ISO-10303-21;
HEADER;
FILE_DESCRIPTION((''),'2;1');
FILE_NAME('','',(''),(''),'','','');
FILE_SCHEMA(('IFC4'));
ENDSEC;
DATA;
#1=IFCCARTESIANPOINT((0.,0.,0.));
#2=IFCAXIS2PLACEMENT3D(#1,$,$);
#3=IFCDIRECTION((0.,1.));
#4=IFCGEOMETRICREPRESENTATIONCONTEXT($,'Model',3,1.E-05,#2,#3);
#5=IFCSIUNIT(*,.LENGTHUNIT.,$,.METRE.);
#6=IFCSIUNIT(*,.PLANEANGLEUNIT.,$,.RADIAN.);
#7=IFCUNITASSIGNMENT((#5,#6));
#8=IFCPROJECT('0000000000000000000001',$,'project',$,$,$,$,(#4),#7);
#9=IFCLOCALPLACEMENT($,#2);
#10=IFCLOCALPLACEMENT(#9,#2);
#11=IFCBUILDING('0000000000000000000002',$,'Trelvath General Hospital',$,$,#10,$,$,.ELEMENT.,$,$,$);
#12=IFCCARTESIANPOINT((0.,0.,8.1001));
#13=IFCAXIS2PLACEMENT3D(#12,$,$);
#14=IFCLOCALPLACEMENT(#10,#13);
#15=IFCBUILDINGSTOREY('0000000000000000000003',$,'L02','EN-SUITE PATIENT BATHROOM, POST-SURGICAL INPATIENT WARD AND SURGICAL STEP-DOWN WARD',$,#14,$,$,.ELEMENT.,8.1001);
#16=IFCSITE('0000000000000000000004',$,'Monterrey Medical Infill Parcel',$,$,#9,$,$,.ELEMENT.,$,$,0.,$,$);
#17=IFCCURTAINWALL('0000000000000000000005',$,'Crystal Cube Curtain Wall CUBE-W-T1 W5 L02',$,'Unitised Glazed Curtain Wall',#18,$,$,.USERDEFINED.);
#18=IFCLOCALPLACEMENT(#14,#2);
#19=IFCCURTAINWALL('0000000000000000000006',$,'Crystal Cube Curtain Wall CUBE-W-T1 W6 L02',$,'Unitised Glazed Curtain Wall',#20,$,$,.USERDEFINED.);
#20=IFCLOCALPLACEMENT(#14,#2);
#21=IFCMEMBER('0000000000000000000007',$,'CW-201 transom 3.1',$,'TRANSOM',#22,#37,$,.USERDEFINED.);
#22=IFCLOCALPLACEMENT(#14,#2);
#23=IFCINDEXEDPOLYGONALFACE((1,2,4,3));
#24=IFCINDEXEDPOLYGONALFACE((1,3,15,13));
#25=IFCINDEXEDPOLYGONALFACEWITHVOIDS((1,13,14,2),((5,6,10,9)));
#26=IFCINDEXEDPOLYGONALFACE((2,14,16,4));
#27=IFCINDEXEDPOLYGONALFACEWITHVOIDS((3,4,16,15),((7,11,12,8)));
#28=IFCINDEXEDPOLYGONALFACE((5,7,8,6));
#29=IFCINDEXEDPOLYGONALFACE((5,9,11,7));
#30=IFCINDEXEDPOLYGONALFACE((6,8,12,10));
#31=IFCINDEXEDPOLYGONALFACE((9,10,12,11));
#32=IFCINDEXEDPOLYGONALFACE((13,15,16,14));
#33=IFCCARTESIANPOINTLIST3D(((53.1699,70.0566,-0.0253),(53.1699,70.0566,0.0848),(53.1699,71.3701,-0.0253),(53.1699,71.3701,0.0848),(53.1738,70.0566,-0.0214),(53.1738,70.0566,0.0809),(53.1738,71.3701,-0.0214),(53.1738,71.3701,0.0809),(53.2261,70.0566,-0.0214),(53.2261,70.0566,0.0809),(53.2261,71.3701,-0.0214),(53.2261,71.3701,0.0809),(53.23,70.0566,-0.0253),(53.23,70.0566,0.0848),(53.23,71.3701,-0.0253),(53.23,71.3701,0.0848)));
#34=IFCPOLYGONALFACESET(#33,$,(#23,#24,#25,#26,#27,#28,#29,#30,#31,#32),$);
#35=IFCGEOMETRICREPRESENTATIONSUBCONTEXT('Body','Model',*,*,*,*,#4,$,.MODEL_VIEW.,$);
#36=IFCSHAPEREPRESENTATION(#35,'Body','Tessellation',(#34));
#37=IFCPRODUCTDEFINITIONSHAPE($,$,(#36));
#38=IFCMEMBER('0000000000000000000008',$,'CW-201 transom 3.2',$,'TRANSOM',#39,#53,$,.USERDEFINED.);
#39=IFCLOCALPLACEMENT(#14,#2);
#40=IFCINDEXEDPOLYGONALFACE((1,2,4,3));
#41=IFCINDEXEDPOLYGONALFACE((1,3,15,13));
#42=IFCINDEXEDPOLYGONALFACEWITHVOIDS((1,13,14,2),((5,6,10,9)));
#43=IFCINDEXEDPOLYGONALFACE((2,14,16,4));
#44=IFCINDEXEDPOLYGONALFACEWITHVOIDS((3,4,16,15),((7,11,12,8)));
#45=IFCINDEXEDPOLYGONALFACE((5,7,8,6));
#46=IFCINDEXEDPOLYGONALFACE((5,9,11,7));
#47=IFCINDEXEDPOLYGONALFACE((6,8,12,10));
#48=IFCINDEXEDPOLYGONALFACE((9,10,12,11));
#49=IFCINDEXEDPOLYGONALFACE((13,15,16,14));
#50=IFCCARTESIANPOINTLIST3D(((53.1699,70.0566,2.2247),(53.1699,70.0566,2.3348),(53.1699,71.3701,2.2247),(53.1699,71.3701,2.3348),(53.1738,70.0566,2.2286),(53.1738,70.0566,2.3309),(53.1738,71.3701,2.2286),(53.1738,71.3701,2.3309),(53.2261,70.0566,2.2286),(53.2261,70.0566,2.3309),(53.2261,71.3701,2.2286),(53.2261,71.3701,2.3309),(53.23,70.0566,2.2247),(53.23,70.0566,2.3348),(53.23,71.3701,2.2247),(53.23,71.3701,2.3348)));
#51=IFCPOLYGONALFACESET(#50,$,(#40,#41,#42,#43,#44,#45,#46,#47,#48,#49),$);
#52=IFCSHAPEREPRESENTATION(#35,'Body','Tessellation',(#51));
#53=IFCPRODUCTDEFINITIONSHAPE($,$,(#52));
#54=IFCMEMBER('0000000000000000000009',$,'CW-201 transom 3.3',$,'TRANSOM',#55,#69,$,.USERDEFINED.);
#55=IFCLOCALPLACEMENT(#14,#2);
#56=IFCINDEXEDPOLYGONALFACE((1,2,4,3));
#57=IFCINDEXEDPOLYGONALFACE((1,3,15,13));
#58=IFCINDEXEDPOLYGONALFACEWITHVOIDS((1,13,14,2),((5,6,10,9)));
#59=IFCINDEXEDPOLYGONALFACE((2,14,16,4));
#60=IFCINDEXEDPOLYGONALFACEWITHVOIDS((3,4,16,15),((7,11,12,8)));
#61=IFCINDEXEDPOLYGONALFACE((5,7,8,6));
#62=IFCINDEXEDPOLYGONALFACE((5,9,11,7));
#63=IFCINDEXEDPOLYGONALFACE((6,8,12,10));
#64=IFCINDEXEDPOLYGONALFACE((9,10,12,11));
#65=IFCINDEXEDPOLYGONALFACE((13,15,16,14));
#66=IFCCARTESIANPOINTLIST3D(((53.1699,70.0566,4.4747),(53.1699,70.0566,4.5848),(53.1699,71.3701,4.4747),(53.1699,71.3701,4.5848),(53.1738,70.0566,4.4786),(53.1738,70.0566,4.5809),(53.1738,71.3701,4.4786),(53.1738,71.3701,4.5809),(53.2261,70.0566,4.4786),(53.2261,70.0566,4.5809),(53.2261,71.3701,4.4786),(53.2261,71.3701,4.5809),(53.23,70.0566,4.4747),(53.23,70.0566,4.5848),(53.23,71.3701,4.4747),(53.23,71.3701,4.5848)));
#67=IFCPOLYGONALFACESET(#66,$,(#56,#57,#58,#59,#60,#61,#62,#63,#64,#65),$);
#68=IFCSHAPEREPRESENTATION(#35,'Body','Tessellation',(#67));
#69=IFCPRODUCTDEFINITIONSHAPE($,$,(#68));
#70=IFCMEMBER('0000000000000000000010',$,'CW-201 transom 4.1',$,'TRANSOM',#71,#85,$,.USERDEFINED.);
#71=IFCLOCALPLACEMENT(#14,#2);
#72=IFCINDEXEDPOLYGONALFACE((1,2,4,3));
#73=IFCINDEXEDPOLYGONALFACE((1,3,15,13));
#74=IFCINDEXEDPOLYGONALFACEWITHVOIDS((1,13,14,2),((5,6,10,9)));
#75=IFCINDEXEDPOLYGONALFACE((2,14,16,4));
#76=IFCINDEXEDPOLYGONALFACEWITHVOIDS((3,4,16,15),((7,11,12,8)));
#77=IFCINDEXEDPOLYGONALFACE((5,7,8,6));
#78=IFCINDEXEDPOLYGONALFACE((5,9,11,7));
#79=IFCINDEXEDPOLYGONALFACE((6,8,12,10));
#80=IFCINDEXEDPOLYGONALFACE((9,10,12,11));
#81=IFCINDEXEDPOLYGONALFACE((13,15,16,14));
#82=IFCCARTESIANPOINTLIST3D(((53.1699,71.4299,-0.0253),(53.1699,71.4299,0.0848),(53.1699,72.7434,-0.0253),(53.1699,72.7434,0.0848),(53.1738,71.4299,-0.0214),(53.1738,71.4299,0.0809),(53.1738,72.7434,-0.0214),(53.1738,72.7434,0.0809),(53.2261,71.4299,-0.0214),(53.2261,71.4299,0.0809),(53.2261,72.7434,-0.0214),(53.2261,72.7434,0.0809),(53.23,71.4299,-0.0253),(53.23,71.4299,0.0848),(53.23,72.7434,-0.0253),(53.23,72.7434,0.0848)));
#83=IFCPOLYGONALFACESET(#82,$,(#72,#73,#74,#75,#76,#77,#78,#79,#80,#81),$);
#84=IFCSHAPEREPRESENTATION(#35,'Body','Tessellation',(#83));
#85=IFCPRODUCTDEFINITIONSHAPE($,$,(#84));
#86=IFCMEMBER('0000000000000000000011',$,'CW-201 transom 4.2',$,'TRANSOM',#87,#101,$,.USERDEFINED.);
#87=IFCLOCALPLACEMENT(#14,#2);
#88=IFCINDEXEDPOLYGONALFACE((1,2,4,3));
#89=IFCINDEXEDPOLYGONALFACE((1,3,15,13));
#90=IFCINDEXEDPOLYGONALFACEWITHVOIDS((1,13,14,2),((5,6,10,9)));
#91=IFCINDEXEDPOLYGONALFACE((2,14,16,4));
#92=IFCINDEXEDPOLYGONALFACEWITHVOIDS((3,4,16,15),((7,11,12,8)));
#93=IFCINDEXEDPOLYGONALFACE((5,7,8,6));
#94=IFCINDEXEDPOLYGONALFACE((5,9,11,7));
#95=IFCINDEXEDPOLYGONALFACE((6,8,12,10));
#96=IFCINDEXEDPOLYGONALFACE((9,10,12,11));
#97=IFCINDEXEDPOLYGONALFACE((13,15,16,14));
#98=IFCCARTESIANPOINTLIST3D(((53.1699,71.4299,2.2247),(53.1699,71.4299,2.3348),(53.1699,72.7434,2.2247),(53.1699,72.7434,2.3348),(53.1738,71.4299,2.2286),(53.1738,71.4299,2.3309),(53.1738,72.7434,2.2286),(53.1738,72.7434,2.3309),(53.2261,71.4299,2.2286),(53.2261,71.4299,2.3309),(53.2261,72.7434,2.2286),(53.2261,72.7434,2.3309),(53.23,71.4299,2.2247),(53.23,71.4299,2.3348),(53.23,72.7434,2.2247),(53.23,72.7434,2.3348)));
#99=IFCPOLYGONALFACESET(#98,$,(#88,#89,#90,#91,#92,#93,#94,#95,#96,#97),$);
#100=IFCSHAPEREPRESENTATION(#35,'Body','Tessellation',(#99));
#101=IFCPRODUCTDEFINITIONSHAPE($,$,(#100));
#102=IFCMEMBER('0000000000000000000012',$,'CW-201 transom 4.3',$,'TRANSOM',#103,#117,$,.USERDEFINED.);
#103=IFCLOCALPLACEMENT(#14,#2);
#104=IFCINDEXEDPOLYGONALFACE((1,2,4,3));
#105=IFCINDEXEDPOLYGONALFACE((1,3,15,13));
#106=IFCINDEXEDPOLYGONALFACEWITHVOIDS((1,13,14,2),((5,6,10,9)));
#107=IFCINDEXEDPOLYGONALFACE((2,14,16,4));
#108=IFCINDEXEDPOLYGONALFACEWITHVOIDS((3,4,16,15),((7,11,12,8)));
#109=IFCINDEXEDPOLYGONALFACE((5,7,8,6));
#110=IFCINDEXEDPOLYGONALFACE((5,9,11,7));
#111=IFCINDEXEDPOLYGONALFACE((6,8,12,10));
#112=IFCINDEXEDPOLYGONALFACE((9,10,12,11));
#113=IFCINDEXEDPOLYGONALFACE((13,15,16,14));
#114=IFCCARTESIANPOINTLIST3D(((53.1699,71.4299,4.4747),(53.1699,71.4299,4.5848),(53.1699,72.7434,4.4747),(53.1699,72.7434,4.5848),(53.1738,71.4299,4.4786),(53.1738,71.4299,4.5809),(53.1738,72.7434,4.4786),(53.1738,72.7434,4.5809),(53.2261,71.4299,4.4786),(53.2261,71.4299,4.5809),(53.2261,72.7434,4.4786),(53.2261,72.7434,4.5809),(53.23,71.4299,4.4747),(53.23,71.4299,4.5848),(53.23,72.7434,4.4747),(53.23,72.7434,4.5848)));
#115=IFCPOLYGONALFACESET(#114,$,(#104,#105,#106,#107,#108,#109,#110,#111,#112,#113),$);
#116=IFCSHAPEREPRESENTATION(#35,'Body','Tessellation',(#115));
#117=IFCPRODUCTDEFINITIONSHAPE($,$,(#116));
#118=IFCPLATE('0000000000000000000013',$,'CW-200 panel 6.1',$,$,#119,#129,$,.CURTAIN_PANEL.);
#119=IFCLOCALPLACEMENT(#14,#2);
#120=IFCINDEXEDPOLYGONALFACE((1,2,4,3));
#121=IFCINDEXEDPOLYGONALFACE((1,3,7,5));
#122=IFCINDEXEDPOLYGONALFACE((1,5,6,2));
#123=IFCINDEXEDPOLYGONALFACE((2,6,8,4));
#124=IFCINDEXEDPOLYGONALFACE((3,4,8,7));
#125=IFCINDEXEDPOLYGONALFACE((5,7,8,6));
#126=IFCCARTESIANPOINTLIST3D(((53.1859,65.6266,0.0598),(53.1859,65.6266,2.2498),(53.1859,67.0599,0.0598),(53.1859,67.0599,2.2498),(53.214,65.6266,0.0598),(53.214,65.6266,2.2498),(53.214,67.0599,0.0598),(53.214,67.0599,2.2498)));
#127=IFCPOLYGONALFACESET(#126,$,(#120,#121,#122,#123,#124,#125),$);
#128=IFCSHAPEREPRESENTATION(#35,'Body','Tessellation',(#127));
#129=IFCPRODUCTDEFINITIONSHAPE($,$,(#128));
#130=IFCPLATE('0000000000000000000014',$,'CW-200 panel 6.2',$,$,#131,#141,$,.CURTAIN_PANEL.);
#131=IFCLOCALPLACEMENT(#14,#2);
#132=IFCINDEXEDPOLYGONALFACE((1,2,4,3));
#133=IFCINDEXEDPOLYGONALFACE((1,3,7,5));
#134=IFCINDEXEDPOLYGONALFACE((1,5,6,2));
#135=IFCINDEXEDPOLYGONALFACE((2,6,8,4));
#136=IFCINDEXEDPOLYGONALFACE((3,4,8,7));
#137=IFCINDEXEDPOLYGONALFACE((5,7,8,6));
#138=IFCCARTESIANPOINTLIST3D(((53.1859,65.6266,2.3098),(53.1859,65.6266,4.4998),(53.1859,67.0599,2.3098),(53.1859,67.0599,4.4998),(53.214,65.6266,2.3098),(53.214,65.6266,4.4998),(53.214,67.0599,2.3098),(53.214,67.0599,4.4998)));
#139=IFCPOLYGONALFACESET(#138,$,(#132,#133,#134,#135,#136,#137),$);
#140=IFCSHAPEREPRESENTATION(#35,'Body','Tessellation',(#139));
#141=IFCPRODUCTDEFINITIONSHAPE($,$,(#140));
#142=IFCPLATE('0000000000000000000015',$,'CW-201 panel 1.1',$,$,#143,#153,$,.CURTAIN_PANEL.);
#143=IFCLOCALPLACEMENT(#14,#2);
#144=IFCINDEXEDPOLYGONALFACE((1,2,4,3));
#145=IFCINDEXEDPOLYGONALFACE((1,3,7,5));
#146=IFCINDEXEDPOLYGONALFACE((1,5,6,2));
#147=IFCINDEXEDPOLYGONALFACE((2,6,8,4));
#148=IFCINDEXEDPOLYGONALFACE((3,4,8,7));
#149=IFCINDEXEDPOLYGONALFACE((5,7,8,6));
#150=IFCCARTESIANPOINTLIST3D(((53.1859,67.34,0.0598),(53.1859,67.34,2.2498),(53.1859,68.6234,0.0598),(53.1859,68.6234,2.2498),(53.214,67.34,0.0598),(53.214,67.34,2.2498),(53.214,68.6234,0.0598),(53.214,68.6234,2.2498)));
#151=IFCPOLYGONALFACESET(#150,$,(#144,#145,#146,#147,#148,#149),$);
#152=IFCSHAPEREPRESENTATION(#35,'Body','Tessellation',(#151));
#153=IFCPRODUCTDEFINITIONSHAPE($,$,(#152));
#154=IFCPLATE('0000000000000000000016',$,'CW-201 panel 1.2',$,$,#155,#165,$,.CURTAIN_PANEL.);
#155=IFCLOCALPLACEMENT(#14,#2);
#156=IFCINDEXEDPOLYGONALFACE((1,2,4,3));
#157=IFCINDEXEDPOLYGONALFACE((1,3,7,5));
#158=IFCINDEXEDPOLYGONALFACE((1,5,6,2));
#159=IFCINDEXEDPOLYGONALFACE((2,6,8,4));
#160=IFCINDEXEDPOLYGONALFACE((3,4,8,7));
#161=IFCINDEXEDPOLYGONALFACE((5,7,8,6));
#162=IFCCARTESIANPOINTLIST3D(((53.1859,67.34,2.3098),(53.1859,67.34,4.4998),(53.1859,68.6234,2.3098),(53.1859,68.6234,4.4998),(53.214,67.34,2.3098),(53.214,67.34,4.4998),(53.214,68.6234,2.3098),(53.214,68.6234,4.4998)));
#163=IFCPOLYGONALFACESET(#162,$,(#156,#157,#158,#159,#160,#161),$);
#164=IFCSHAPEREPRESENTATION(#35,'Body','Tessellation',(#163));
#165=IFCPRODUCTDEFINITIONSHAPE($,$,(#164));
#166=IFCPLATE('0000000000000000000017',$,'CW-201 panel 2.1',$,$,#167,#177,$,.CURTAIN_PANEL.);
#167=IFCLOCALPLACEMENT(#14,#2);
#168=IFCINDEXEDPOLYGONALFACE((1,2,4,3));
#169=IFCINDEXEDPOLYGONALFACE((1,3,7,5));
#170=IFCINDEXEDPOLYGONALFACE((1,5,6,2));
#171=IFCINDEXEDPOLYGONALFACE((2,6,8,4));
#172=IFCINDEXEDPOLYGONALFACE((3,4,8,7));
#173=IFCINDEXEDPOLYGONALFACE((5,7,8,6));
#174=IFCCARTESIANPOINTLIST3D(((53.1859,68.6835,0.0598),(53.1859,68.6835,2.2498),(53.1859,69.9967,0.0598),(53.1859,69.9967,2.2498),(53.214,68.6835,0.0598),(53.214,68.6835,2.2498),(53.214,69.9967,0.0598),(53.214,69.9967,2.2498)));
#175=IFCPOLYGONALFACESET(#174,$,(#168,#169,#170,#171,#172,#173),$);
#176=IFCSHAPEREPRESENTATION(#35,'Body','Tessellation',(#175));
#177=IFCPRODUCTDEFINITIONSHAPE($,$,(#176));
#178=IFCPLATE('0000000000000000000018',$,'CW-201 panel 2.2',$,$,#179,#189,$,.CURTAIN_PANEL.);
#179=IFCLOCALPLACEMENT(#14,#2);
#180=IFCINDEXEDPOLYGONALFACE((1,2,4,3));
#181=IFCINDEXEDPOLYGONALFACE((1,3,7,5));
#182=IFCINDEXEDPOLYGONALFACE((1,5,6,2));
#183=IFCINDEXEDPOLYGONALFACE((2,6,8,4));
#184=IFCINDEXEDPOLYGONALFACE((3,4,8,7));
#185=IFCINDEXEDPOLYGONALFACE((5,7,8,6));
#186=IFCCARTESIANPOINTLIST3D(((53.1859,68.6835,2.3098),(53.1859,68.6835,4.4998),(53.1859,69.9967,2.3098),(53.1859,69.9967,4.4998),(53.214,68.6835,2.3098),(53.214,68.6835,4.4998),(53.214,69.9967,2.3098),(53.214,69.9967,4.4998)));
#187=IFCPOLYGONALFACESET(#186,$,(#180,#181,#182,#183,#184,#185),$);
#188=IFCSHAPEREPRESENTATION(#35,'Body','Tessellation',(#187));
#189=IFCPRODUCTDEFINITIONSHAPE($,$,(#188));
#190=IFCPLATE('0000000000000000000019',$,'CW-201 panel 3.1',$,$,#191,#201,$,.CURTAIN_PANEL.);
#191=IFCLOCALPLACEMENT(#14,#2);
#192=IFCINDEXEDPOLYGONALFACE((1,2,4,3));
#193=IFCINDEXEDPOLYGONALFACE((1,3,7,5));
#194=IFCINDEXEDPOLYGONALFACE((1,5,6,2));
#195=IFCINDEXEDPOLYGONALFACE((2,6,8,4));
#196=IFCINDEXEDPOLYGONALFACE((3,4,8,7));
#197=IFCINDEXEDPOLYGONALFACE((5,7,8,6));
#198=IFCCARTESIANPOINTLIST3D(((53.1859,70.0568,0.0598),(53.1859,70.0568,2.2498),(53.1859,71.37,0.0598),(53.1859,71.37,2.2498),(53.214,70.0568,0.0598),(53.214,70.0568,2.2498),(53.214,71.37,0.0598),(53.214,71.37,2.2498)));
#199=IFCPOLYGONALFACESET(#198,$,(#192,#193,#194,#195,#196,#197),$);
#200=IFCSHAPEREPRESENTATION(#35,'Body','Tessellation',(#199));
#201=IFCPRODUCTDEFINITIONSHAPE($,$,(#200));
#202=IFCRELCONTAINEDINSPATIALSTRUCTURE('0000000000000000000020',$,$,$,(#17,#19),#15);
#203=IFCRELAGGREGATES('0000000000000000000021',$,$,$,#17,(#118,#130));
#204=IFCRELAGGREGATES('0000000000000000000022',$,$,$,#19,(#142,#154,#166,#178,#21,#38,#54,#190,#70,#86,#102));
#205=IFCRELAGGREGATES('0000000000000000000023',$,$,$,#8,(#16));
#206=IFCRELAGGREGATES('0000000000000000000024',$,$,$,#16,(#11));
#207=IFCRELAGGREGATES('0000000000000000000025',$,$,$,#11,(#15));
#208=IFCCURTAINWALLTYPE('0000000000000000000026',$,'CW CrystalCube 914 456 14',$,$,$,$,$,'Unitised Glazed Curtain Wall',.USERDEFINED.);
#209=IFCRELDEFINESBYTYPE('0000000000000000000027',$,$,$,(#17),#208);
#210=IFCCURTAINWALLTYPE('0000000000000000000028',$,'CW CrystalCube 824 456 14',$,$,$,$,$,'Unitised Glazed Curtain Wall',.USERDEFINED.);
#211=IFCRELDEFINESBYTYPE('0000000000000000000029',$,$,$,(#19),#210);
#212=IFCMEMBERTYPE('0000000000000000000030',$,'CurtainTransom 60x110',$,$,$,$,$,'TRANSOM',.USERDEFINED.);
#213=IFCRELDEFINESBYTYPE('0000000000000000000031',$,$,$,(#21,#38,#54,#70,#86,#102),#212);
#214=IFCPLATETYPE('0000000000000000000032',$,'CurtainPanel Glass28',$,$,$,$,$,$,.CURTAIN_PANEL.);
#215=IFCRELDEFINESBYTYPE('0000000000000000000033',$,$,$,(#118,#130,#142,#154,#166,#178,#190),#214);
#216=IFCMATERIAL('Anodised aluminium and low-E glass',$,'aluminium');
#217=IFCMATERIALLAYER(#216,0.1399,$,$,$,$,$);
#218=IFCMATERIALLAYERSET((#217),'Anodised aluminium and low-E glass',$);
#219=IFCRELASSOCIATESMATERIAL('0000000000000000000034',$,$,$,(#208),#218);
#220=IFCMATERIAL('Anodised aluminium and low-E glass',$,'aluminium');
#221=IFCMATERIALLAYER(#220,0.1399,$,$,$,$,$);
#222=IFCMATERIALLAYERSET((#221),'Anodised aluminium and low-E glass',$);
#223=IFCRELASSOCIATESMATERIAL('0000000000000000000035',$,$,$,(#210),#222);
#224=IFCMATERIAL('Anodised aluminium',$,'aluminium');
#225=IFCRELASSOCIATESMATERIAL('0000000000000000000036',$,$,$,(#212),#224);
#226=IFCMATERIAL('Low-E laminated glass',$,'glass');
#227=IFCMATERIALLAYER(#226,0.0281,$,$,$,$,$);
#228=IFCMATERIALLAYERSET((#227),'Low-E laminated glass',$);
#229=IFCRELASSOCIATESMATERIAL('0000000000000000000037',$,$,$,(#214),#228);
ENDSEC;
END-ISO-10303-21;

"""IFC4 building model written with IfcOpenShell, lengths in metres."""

from ifc_helpers import new_model, si_unit, direction, frame, origin, origin_2d, place, context, subcontext, project, spatial, rectangle, hollow_rectangle, extrude, material, layer, layer_set, material_profile, profile_set, type_object, element, aggregate, save


model = new_model("IFC4")

# Units and contexts
model_context = context("Model", 3, precision=1e-05, world=origin(), true_north=direction((0.0, 1.0)))
body_context = subcontext(model_context, "Body", "Model", "MODEL_VIEW")
ifc_project = project(units=[si_unit("LENGTHUNIT", "METRE"), si_unit("PLANEANGLEUNIT", "RADIAN")], contexts=[model_context])

# Site, building, storey
site_placement = place(None, origin())
site = spatial("IfcSite", under=ifc_project, at=site_placement, Name="Monterrey Medical Infill Parcel", CompositionType="ELEMENT", RefElevation=0.0)
building_placement = place(site_placement, origin())
building = spatial("IfcBuilding", under=site, at=building_placement, Name="Trelvath General Hospital", CompositionType="ELEMENT")
storey_placement = place(building_placement, frame((0.0, 0.0, 8.1001)))
storey = spatial("IfcBuildingStorey", under=building, at=storey_placement, Name="L02", Description="EN-SUITE PATIENT BATHROOM, POST-SURGICAL INPATIENT WARD AND SURGICAL STEP-DOWN WARD", CompositionType="ELEMENT", Elevation=8.1001)

# Curtain wall
ifc_material_1 = material(Name="Anodised aluminium and low-E glass", Category="aluminium")
ifc_layer_1 = layer(ifc_material_1, 0.1399)
ifc_layer_set_1 = layer_set([ifc_layer_1], Name="Anodised aluminium and low-E glass")
curtain_wall_type_1 = type_object("IfcCurtainWallType", Name="CW CrystalCube 914 456 14", ElementType="Unitised Glazed Curtain Wall", PredefinedType="USERDEFINED", material=ifc_layer_set_1)
curtain_wall_1_placement = place(storey_placement, origin())
curtain_wall_1 = element("IfcCurtainWall", 1, at=curtain_wall_1_placement, inside=storey, type_object=curtain_wall_type_1, Name="Crystal Cube Curtain Wall CUBE-W-T1 W5 L02", ObjectType="Unitised Glazed Curtain Wall", PredefinedType="USERDEFINED")

# Curtain wall, members
ifc_material_2 = material(Name="Anodised aluminium and low-E glass", Category="aluminium")
ifc_layer_2 = layer(ifc_material_2, 0.1399)
ifc_layer_set_2 = layer_set([ifc_layer_2], Name="Anodised aluminium and low-E glass")
curtain_wall_type_2 = type_object("IfcCurtainWallType", Name="CW CrystalCube 824 456 14", ElementType="Unitised Glazed Curtain Wall", PredefinedType="USERDEFINED", material=ifc_layer_set_2)
curtain_wall_2_placement = place(storey_placement, origin())
curtain_wall_2 = element("IfcCurtainWall", 2, at=curtain_wall_2_placement, inside=storey, type_object=curtain_wall_type_2, Name="Crystal Cube Curtain Wall CUBE-W-T1 W6 L02", ObjectType="Unitised Glazed Curtain Wall", PredefinedType="USERDEFINED")
ifc_material_3 = material(Name="Anodised aluminium", Category="aluminium")
ifc_material_profile_1 = material_profile(ifc_material_3, hollow_rectangle(XDim=0.0601, YDim=0.1101, WallThickness=0.0039, at=origin_2d()), Name="RHS60x110x4")
ifc_profile_set_1 = profile_set([ifc_material_profile_1], Name="Anodised aluminium")
member_type_1 = type_object("IfcMemberType", Name="CurtainTransom 60x110", ElementType="TRANSOM", PredefinedType="USERDEFINED", material=ifc_profile_set_1)
member_1_placement = place(storey_placement, frame((53.2, 70.0566, 0.0298), z_axis=(0.0, 1.0, 0.0), x_axis=(-1.0, 0.0, 0.0)))
member_1 = element("IfcMember", 3, at=member_1_placement, type_object=member_type_1, Name="CW-201 transom 3.1", ObjectType="TRANSOM", PredefinedType="USERDEFINED", context=body_context, shape_type="SweptSolid", body=[
    extrude(hollow_rectangle(XDim=0.0601, YDim=0.1101, WallThickness=0.0039, at=origin_2d()), origin(), (0.0, 0.0, 1.0), 1.3135),
])
member_2_placement = place(storey_placement, frame((53.2, 70.0566, 2.2798), z_axis=(0.0, 1.0, 0.0), x_axis=(-1.0, 0.0, 0.0)))
member_2 = element("IfcMember", 4, at=member_2_placement, type_object=member_type_1, Name="CW-201 transom 3.2", ObjectType="TRANSOM", PredefinedType="USERDEFINED", context=body_context, shape_type="SweptSolid", body=[
    extrude(hollow_rectangle(XDim=0.0601, YDim=0.1101, WallThickness=0.0039, at=origin_2d()), origin(), (0.0, 0.0, 1.0), 1.3135),
])
member_3_placement = place(storey_placement, frame((53.2, 70.0566, 4.5298), z_axis=(0.0, 1.0, 0.0), x_axis=(-1.0, 0.0, 0.0)))
member_3 = element("IfcMember", 5, at=member_3_placement, type_object=member_type_1, Name="CW-201 transom 3.3", ObjectType="TRANSOM", PredefinedType="USERDEFINED", context=body_context, shape_type="SweptSolid", body=[
    extrude(hollow_rectangle(XDim=0.0601, YDim=0.1101, WallThickness=0.0039, at=origin_2d()), origin(), (0.0, 0.0, 1.0), 1.3135),
])
member_4_placement = place(storey_placement, frame((53.2, 71.4299, 0.0298), z_axis=(0.0, 1.0, 0.0), x_axis=(-1.0, 0.0, 0.0)))
member_4 = element("IfcMember", 6, at=member_4_placement, type_object=member_type_1, Name="CW-201 transom 4.1", ObjectType="TRANSOM", PredefinedType="USERDEFINED", context=body_context, shape_type="SweptSolid", body=[
    extrude(hollow_rectangle(XDim=0.0601, YDim=0.1101, WallThickness=0.0039, at=origin_2d()), origin(), (0.0, 0.0, 1.0), 1.3135),
])
member_5_placement = place(storey_placement, frame((53.2, 71.4299, 2.2798), z_axis=(0.0, 1.0, 0.0), x_axis=(-1.0, 0.0, 0.0)))
member_5 = element("IfcMember", 7, at=member_5_placement, type_object=member_type_1, Name="CW-201 transom 4.2", ObjectType="TRANSOM", PredefinedType="USERDEFINED", context=body_context, shape_type="SweptSolid", body=[
    extrude(hollow_rectangle(XDim=0.0601, YDim=0.1101, WallThickness=0.0039, at=origin_2d()), origin(), (0.0, 0.0, 1.0), 1.3135),
])
member_6_placement = place(storey_placement, frame((53.2, 71.4299, 4.5298), z_axis=(0.0, 1.0, 0.0), x_axis=(-1.0, 0.0, 0.0)))
member_6 = element("IfcMember", 8, at=member_6_placement, type_object=member_type_1, Name="CW-201 transom 4.3", ObjectType="TRANSOM", PredefinedType="USERDEFINED", context=body_context, shape_type="SweptSolid", body=[
    extrude(hollow_rectangle(XDim=0.0601, YDim=0.1101, WallThickness=0.0039, at=origin_2d()), origin(), (0.0, 0.0, 1.0), 1.3135),
])

# Plates
ifc_material_4 = material(Name="Low-E laminated glass", Category="glass")
ifc_layer_3 = layer(ifc_material_4, 0.0281)
ifc_layer_set_3 = layer_set([ifc_layer_3], Name="Low-E laminated glass")
plate_type = type_object("IfcPlateType", Name="CurtainPanel Glass28", PredefinedType="CURTAIN_PANEL", material=ifc_layer_set_3)
plate_1_placement = place(storey_placement, frame((53.2, 66.3433, 0.0598), z_axis=(0.0, 0.0, 1.0), x_axis=(0.0, 1.0, 0.0)))
plate_1 = element("IfcPlate", 9, at=plate_1_placement, type_object=plate_type, Name="CW-200 panel 6.1", PredefinedType="CURTAIN_PANEL", context=body_context, shape_type="SweptSolid", body=[
    extrude(rectangle(XDim=1.4333, YDim=0.0281, at=origin_2d()), origin(), (0.0, 0.0, 1.0), 2.1899),
])
plate_2_placement = place(storey_placement, frame((53.2, 66.3433, 2.3098), z_axis=(0.0, 0.0, 1.0), x_axis=(0.0, 1.0, 0.0)))
plate_2 = element("IfcPlate", 10, at=plate_2_placement, type_object=plate_type, Name="CW-200 panel 6.2", PredefinedType="CURTAIN_PANEL", context=body_context, shape_type="SweptSolid", body=[
    extrude(rectangle(XDim=1.4333, YDim=0.0281, at=origin_2d()), origin(), (0.0, 0.0, 1.0), 2.1899),
])
aggregate(curtain_wall_1, [plate_1, plate_2])
plate_3_placement = place(storey_placement, frame((53.2, 67.9817, 0.0598), z_axis=(0.0, 0.0, 1.0), x_axis=(0.0, 1.0, 0.0)))
plate_3 = element("IfcPlate", 11, at=plate_3_placement, type_object=plate_type, Name="CW-201 panel 1.1", PredefinedType="CURTAIN_PANEL", context=body_context, shape_type="SweptSolid", body=[
    extrude(rectangle(XDim=1.2834, YDim=0.0281, at=origin_2d()), origin(), (0.0, 0.0, 1.0), 2.1899),
])
plate_4_placement = place(storey_placement, frame((53.2, 67.9817, 2.3098), z_axis=(0.0, 0.0, 1.0), x_axis=(0.0, 1.0, 0.0)))
plate_4 = element("IfcPlate", 12, at=plate_4_placement, type_object=plate_type, Name="CW-201 panel 1.2", PredefinedType="CURTAIN_PANEL", context=body_context, shape_type="SweptSolid", body=[
    extrude(rectangle(XDim=1.2834, YDim=0.0281, at=origin_2d()), origin(), (0.0, 0.0, 1.0), 2.1899),
])
plate_5_placement = place(storey_placement, frame((53.2, 69.3401, 0.0598), z_axis=(0.0, 0.0, 1.0), x_axis=(0.0, 1.0, 0.0)))
plate_5 = element("IfcPlate", 13, at=plate_5_placement, type_object=plate_type, Name="CW-201 panel 2.1", PredefinedType="CURTAIN_PANEL", context=body_context, shape_type="SweptSolid", body=[
    extrude(rectangle(XDim=1.3132, YDim=0.0281, at=origin_2d()), origin(), (0.0, 0.0, 1.0), 2.1899),
])
plate_6_placement = place(storey_placement, frame((53.2, 69.3401, 2.3098), z_axis=(0.0, 0.0, 1.0), x_axis=(0.0, 1.0, 0.0)))
plate_6 = element("IfcPlate", 14, at=plate_6_placement, type_object=plate_type, Name="CW-201 panel 2.2", PredefinedType="CURTAIN_PANEL", context=body_context, shape_type="SweptSolid", body=[
    extrude(rectangle(XDim=1.3132, YDim=0.0281, at=origin_2d()), origin(), (0.0, 0.0, 1.0), 2.1899),
])
plate_7_placement = place(storey_placement, frame((53.2, 70.7134, 0.0598), z_axis=(0.0, 0.0, 1.0), x_axis=(0.0, 1.0, 0.0)))
plate_7 = element("IfcPlate", 15, at=plate_7_placement, type_object=plate_type, Name="CW-201 panel 3.1", PredefinedType="CURTAIN_PANEL", context=body_context, shape_type="SweptSolid", body=[
    extrude(rectangle(XDim=1.3132, YDim=0.0281, at=origin_2d()), origin(), (0.0, 0.0, 1.0), 2.1899),
])
aggregate(curtain_wall_2, [plate_3, plate_4, plate_5, plate_6, member_1, member_2, member_3, plate_7, member_4, member_5, member_6])

save(model, "model.ifc")
